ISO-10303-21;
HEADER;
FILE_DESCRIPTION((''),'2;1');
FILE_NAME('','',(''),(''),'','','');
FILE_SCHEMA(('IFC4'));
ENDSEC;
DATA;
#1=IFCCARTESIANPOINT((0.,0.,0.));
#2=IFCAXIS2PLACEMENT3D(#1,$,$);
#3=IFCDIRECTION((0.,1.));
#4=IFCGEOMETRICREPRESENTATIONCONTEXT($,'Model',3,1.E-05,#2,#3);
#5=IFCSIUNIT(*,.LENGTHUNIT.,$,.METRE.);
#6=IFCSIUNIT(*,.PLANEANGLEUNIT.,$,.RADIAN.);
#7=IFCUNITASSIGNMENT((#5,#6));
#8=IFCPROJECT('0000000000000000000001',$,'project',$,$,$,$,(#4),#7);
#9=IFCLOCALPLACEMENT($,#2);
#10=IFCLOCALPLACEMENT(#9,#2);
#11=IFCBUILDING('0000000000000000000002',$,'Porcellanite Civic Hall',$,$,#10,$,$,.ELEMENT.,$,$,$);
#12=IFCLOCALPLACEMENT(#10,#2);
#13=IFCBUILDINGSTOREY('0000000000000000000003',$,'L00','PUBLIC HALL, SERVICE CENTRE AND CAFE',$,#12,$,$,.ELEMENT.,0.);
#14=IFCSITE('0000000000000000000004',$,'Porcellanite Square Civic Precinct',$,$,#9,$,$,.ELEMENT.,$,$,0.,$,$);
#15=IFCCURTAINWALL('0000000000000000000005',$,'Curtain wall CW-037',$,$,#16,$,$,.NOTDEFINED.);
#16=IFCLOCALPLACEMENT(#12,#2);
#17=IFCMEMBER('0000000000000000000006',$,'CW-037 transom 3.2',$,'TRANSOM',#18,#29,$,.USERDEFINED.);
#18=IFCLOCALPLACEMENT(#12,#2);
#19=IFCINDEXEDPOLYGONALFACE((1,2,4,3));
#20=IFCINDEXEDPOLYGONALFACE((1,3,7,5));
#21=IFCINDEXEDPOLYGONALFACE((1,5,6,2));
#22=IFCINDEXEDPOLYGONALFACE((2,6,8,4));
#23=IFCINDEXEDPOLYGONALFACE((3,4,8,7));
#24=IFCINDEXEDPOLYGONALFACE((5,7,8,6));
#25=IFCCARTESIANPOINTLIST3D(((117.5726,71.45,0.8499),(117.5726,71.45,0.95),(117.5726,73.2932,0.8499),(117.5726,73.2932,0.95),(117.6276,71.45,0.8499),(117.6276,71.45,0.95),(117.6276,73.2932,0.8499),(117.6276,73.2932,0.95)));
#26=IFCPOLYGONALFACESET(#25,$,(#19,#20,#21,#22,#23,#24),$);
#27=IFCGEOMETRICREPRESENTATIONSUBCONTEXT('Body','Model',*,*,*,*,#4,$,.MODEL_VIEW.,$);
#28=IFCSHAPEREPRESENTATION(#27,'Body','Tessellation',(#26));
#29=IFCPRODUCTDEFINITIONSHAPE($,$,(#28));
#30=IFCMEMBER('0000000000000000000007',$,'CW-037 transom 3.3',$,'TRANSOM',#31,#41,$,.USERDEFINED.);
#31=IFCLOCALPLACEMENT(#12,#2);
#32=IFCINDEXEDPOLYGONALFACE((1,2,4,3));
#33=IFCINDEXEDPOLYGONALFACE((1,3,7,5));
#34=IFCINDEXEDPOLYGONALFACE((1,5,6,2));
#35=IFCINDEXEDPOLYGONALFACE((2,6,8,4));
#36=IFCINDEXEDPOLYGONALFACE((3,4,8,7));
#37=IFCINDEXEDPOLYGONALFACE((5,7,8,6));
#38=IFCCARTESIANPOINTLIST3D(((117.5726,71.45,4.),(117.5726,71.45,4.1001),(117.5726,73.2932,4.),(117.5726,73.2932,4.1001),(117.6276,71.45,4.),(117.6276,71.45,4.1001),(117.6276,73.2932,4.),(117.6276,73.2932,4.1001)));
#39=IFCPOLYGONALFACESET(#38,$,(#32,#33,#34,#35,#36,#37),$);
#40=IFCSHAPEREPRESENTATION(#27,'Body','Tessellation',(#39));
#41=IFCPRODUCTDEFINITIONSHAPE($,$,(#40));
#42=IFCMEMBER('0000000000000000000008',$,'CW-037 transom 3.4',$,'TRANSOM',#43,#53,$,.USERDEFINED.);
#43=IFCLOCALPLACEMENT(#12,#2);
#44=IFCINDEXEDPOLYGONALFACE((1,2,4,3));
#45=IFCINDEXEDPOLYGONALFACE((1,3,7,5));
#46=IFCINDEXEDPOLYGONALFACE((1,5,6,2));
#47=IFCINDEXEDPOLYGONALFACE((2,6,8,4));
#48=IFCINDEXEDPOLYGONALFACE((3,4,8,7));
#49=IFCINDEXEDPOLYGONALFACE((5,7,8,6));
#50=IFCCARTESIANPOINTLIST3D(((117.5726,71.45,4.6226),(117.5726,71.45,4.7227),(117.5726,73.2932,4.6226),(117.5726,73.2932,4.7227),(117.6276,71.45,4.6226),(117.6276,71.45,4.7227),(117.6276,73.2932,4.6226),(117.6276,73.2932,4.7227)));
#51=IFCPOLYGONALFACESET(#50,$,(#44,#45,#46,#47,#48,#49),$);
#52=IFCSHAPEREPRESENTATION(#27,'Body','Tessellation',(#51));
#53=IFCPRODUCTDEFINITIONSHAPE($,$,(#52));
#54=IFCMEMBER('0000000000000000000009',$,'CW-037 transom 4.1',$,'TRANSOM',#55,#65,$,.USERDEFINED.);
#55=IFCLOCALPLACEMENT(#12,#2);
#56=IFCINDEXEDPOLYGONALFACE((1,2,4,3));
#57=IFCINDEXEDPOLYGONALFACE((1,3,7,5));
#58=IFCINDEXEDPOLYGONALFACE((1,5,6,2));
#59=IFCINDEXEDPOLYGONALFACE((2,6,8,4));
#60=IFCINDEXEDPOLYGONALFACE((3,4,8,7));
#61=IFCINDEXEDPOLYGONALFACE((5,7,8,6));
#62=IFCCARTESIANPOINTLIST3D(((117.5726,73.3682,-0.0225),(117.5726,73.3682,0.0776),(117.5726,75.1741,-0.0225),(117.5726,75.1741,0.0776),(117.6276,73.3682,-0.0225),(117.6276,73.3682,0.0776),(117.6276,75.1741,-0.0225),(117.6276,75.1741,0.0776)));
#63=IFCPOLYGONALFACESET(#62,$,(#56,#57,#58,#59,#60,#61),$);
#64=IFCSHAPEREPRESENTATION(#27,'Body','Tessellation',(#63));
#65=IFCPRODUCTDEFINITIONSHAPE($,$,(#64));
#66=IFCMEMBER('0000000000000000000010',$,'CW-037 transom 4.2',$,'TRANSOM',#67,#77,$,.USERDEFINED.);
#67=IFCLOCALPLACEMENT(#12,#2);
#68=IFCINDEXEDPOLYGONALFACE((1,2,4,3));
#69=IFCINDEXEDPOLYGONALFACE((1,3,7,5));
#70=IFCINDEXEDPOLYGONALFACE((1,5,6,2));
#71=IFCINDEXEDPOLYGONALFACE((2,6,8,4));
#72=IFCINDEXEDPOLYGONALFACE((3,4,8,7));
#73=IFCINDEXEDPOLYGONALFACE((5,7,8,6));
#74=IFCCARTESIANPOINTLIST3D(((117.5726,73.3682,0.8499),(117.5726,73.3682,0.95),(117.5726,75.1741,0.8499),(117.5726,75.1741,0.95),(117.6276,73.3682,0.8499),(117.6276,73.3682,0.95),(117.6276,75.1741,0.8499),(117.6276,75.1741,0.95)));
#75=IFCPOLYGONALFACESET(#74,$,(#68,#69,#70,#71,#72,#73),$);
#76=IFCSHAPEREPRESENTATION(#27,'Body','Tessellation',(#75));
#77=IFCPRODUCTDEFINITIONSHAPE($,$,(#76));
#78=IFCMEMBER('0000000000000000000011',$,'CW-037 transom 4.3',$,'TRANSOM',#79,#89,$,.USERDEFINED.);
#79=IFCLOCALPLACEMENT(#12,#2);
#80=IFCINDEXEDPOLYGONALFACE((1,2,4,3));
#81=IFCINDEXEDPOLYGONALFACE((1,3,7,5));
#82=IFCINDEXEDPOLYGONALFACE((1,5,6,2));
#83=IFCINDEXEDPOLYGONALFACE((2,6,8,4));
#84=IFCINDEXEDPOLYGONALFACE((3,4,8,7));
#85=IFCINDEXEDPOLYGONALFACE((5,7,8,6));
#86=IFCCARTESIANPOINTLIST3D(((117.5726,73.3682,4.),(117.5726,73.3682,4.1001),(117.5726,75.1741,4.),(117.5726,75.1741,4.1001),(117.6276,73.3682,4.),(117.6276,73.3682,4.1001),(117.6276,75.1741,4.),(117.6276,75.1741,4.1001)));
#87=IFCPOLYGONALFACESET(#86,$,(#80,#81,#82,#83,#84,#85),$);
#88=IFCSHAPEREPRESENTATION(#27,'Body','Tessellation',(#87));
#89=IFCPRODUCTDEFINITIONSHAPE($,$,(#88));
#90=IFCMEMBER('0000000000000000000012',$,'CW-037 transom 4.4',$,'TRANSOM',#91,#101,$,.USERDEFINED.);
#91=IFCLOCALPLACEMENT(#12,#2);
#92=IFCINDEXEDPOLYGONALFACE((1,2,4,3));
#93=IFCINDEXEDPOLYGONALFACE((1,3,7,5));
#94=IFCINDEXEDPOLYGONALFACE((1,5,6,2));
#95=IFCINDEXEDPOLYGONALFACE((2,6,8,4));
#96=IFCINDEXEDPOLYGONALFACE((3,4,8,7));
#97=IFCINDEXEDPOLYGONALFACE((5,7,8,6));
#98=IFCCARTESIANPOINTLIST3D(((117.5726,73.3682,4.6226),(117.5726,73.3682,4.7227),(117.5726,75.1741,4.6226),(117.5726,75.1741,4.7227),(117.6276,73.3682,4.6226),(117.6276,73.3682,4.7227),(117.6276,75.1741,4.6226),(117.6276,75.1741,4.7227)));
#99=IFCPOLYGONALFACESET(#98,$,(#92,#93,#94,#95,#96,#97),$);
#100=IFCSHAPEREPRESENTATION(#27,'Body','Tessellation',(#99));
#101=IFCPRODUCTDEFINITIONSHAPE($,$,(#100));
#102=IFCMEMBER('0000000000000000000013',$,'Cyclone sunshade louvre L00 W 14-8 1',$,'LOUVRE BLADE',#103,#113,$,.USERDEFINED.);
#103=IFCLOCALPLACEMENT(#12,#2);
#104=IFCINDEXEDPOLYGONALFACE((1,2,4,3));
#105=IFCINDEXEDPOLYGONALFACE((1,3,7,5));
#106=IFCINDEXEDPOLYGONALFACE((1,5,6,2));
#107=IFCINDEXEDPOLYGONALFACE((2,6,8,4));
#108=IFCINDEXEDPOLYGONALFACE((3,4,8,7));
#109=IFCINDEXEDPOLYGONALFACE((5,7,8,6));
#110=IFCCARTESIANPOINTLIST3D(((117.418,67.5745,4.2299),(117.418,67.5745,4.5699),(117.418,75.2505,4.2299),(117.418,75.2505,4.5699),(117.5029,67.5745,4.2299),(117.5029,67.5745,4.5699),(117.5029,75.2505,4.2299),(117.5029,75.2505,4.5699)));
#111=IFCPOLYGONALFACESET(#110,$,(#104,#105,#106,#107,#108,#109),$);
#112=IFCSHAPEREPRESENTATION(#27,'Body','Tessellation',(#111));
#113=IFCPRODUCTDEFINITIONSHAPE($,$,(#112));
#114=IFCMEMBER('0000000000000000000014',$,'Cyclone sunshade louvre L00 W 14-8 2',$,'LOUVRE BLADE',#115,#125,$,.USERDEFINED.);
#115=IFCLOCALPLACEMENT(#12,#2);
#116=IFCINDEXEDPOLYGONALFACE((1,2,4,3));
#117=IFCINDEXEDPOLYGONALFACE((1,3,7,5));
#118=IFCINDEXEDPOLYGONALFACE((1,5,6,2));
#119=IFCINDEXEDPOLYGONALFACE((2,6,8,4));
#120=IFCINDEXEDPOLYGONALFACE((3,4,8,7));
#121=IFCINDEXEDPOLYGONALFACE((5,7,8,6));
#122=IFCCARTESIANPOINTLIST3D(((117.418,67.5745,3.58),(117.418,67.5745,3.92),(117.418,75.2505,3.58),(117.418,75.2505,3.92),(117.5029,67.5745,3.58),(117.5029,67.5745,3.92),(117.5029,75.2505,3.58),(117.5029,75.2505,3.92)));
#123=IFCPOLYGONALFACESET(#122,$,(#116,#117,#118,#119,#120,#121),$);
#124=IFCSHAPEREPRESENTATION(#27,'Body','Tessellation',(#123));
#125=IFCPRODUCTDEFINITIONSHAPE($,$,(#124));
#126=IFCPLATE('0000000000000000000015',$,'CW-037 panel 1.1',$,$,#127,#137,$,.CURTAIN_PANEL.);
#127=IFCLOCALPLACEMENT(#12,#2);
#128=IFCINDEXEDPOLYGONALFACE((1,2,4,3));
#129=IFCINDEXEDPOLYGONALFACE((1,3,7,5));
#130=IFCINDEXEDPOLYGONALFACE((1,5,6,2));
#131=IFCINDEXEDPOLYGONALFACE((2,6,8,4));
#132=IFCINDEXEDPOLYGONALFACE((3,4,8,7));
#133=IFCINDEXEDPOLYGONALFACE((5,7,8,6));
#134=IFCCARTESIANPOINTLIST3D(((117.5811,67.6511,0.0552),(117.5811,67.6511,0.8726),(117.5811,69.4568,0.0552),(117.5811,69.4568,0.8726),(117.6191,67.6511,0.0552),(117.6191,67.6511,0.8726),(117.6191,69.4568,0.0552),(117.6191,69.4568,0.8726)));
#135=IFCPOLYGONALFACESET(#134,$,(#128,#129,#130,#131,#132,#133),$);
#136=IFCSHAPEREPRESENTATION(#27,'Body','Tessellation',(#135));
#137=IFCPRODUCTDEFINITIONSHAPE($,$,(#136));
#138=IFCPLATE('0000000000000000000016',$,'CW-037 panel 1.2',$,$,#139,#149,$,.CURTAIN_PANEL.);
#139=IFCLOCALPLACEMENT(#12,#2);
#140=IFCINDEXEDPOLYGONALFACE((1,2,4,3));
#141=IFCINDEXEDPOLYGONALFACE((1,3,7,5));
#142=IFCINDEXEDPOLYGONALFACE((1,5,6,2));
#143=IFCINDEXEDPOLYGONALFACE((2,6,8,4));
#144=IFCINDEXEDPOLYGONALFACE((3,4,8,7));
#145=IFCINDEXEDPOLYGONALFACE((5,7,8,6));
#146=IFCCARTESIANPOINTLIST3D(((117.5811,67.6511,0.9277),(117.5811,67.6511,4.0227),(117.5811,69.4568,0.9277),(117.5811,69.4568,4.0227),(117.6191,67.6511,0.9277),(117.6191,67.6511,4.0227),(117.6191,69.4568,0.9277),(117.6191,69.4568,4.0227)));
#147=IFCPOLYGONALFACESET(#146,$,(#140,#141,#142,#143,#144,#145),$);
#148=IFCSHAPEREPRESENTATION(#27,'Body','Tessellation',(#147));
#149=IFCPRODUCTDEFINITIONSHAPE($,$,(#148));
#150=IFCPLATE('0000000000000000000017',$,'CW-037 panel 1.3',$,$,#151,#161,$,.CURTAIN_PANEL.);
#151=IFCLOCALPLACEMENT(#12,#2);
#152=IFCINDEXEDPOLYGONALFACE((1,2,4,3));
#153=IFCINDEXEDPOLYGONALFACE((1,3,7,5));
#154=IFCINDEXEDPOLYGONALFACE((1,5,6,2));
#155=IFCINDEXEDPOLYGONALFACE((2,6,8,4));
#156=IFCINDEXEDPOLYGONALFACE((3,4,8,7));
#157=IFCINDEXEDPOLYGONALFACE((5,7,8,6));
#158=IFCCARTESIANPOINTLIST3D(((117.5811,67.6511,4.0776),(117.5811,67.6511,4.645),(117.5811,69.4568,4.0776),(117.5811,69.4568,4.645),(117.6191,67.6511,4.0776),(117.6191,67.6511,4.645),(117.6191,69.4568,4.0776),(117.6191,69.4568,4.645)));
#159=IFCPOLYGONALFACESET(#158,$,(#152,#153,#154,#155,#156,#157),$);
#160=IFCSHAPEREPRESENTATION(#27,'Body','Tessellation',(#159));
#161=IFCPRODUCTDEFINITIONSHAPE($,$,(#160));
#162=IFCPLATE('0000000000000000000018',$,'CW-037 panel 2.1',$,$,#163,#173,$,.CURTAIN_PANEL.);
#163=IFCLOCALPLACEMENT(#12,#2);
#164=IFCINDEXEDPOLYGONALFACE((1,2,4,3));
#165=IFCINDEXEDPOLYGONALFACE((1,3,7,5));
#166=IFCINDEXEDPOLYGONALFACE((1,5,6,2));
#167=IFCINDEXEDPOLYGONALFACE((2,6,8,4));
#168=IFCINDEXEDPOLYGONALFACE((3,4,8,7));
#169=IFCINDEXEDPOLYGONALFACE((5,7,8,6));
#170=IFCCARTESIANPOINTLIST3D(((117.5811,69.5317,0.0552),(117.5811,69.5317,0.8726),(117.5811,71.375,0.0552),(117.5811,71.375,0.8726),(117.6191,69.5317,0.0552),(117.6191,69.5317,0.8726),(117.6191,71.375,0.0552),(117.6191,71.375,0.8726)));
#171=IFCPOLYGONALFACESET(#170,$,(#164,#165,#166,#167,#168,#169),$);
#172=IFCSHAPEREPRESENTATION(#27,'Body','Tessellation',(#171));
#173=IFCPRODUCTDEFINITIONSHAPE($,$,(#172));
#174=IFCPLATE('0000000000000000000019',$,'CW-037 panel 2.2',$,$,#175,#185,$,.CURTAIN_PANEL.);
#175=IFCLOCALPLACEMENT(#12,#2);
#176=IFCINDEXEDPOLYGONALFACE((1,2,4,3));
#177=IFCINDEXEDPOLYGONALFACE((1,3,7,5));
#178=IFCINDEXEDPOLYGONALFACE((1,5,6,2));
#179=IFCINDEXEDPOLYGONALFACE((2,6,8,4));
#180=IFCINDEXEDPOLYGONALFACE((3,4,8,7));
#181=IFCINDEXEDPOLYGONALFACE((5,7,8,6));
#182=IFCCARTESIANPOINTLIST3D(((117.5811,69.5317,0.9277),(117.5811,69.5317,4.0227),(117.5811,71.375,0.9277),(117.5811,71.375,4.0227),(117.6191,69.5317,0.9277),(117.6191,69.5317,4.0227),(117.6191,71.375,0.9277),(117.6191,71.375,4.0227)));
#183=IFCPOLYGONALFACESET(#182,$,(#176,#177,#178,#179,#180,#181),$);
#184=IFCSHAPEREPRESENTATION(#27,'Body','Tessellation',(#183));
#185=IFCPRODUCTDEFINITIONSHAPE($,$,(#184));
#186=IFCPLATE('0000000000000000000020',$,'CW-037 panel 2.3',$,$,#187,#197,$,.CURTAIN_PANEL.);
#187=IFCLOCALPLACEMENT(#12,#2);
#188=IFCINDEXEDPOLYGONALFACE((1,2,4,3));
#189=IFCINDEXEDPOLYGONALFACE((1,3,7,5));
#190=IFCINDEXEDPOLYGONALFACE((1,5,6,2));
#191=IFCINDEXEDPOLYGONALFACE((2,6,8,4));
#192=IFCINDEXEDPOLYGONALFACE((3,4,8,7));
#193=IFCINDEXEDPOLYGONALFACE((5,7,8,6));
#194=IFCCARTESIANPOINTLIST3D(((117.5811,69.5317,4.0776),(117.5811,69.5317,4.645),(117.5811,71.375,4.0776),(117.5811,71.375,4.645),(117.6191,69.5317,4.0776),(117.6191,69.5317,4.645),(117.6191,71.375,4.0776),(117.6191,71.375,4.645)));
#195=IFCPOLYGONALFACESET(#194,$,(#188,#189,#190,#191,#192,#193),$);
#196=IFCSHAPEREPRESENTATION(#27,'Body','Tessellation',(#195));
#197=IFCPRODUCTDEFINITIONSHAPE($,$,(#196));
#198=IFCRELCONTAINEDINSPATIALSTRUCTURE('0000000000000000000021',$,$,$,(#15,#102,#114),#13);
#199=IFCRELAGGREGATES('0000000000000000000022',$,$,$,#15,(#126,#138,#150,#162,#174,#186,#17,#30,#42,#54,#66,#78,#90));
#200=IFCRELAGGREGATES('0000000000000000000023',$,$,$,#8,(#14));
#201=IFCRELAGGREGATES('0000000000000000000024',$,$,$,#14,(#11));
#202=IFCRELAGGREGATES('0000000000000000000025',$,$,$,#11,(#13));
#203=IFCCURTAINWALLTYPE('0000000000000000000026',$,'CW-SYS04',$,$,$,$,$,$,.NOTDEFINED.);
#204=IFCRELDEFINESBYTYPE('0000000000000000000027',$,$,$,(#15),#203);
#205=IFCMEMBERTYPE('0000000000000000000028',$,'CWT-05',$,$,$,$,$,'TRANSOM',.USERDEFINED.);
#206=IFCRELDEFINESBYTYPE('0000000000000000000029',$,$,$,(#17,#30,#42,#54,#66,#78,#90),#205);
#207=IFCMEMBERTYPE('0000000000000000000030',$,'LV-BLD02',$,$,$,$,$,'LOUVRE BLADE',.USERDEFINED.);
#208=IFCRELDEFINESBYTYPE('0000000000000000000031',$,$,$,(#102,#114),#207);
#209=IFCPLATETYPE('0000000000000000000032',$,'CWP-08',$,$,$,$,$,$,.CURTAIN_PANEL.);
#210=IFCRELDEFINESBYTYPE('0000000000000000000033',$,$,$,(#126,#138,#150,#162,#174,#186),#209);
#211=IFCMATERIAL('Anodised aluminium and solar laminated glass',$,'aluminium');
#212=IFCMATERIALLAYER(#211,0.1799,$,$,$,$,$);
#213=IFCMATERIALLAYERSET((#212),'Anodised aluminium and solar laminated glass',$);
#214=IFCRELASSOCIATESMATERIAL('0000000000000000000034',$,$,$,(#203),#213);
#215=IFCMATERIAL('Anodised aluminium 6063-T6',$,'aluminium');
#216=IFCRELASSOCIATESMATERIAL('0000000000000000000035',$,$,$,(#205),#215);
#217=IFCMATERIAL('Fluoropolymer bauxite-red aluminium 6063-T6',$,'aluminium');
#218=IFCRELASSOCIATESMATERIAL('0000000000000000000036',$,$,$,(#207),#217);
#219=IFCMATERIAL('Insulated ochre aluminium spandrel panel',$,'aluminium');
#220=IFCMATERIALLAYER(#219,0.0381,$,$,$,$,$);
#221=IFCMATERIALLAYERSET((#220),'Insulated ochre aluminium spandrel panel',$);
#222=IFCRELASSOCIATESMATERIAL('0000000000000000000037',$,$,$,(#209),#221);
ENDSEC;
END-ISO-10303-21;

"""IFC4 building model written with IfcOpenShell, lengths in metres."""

from ifc_helpers import new_model, si_unit, direction, frame, origin, origin_2d, place, context, subcontext, project, spatial, rectangle, extrude, material, layer, layer_set, material_profile, profile_set, type_object, element, aggregate, save


model = new_model("IFC4")

# Units and contexts
model_context = context("Model", 3, precision=1e-05, world=origin(), true_north=direction((0.0, 1.0)))
body_context = subcontext(model_context, "Body", "Model", "MODEL_VIEW")
ifc_project = project(units=[si_unit("LENGTHUNIT", "METRE"), si_unit("PLANEANGLEUNIT", "RADIAN")], contexts=[model_context])

# Site, building, storey
site_placement = place(None, origin())
site = spatial("IfcSite", under=ifc_project, at=site_placement, Name="Porcellanite Square Civic Precinct", CompositionType="ELEMENT", RefElevation=0.0)
building_placement = place(site_placement, origin())
building = spatial("IfcBuilding", under=site, at=building_placement, Name="Porcellanite Civic Hall", CompositionType="ELEMENT")
storey_placement = place(building_placement, origin())
storey = spatial("IfcBuildingStorey", under=building, at=storey_placement, Name="L00", Description="PUBLIC HALL, SERVICE CENTRE AND CAFE", CompositionType="ELEMENT", Elevation=0.0)

# Curtain wall, members
ifc_material_1 = material(Name="Anodised aluminium and solar laminated glass", Category="aluminium")
ifc_layer_1 = layer(ifc_material_1, 0.1799)
ifc_layer_set_1 = layer_set([ifc_layer_1], Name="Anodised aluminium and solar laminated glass")
curtain_wall_type = type_object("IfcCurtainWallType", Name="CW-SYS04", PredefinedType="NOTDEFINED", material=ifc_layer_set_1)
curtain_wall_placement = place(storey_placement, origin())
curtain_wall = element("IfcCurtainWall", 1, at=curtain_wall_placement, inside=storey, type_object=curtain_wall_type, Name="Curtain wall CW-037", PredefinedType="NOTDEFINED")
ifc_material_2 = material(Name="Anodised aluminium 6063-T6", Category="aluminium")
ifc_material_profile_1 = material_profile(ifc_material_2, rectangle(XDim=0.0549, YDim=0.1001, at=origin_2d()), Name="AL-55x100")
ifc_profile_set_1 = profile_set([ifc_material_profile_1], Name="Anodised aluminium 6063-T6")
member_type_1 = type_object("IfcMemberType", Name="CWT-05", ElementType="TRANSOM", PredefinedType="USERDEFINED", material=ifc_profile_set_1)
member_1_placement = place(storey_placement, frame((117.6001, 71.45, 0.8999), z_axis=(0.0, 1.0, 0.0), x_axis=(-1.0, 0.0, 0.0)))
member_1 = element("IfcMember", 2, at=member_1_placement, type_object=member_type_1, Name="CW-037 transom 3.2", ObjectType="TRANSOM", PredefinedType="USERDEFINED", context=body_context, shape_type="SweptSolid", body=[
    extrude(rectangle(XDim=0.0549, YDim=0.1001, at=origin_2d()), origin(), (0.0, 0.0, 1.0), 1.8433),
])
member_2_placement = place(storey_placement, frame((117.6001, 71.45, 4.05), z_axis=(0.0, 1.0, 0.0), x_axis=(-1.0, 0.0, 0.0)))
member_2 = element("IfcMember", 3, at=member_2_placement, type_object=member_type_1, Name="CW-037 transom 3.3", ObjectType="TRANSOM", PredefinedType="USERDEFINED", context=body_context, shape_type="SweptSolid", body=[
    extrude(rectangle(XDim=0.0549, YDim=0.1001, at=origin_2d()), origin(), (0.0, 0.0, 1.0), 1.8433),
])
member_3_placement = place(storey_placement, frame((117.6001, 71.45, 4.6726), z_axis=(0.0, 1.0, 0.0), x_axis=(-1.0, 0.0, 0.0)))
member_3 = element("IfcMember", 4, at=member_3_placement, type_object=member_type_1, Name="CW-037 transom 3.4", ObjectType="TRANSOM", PredefinedType="USERDEFINED", context=body_context, shape_type="SweptSolid", body=[
    extrude(rectangle(XDim=0.0549, YDim=0.1001, at=origin_2d()), origin(), (0.0, 0.0, 1.0), 1.8433),
])
member_4_placement = place(storey_placement, frame((117.6001, 73.3682, 0.0276), z_axis=(0.0, 1.0, 0.0), x_axis=(-1.0, 0.0, 0.0)))
member_4 = element("IfcMember", 5, at=member_4_placement, type_object=member_type_1, Name="CW-037 transom 4.1", ObjectType="TRANSOM", PredefinedType="USERDEFINED", context=body_context, shape_type="SweptSolid", body=[
    extrude(rectangle(XDim=0.0549, YDim=0.1001, at=origin_2d()), origin(), (0.0, 0.0, 1.0), 1.8059),
])
member_5_placement = place(storey_placement, frame((117.6001, 73.3682, 0.8999), z_axis=(0.0, 1.0, 0.0), x_axis=(-1.0, 0.0, 0.0)))
member_5 = element("IfcMember", 6, at=member_5_placement, type_object=member_type_1, Name="CW-037 transom 4.2", ObjectType="TRANSOM", PredefinedType="USERDEFINED", context=body_context, shape_type="SweptSolid", body=[
    extrude(rectangle(XDim=0.0549, YDim=0.1001, at=origin_2d()), origin(), (0.0, 0.0, 1.0), 1.8059),
])
member_6_placement = place(storey_placement, frame((117.6001, 73.3682, 4.05), z_axis=(0.0, 1.0, 0.0), x_axis=(-1.0, 0.0, 0.0)))
member_6 = element("IfcMember", 7, at=member_6_placement, type_object=member_type_1, Name="CW-037 transom 4.3", ObjectType="TRANSOM", PredefinedType="USERDEFINED", context=body_context, shape_type="SweptSolid", body=[
    extrude(rectangle(XDim=0.0549, YDim=0.1001, at=origin_2d()), origin(), (0.0, 0.0, 1.0), 1.8059),
])
member_7_placement = place(storey_placement, frame((117.6001, 73.3682, 4.6726), z_axis=(0.0, 1.0, 0.0), x_axis=(-1.0, 0.0, 0.0)))
member_7 = element("IfcMember", 8, at=member_7_placement, type_object=member_type_1, Name="CW-037 transom 4.4", ObjectType="TRANSOM", PredefinedType="USERDEFINED", context=body_context, shape_type="SweptSolid", body=[
    extrude(rectangle(XDim=0.0549, YDim=0.1001, at=origin_2d()), origin(), (0.0, 0.0, 1.0), 1.8059),
])

# Members
ifc_material_3 = material(Name="Fluoropolymer bauxite-red aluminium 6063-T6", Category="aluminium")
ifc_material_profile_2 = material_profile(ifc_material_3, rectangle(XDim=0.085, YDim=0.3401, at=origin_2d()), Name="AL-85x340")
ifc_profile_set_2 = profile_set([ifc_material_profile_2], Name="Fluoropolymer bauxite-red aluminium 6063-T6")
member_type_2 = type_object("IfcMemberType", Name="LV-BLD02", ElementType="LOUVRE BLADE", PredefinedType="USERDEFINED", material=ifc_profile_set_2)
for number, where, z_axis, x_axis, name in (
    (9, (117.4604, 67.5745, 4.3999), (0.0, 1.0, 0.0), (-1.0, 0.0, 0.0), "Cyclone sunshade louvre L00 W 14-8 1"),
    (10, (117.4604, 67.5745, 3.75), (0.0, 1.0, 0.0), (-1.0, 0.0, 0.0), "Cyclone sunshade louvre L00 W 14-8 2"),
):
    element("IfcMember", number, at=place(storey_placement, frame(where, z_axis=z_axis, x_axis=x_axis)), inside=storey, type_object=member_type_2, Name=name, ObjectType="LOUVRE BLADE", PredefinedType="USERDEFINED", context=body_context, shape_type="SweptSolid", body=[
        extrude(rectangle(XDim=0.085, YDim=0.3401, at=origin_2d()), origin(), (0.0, 0.0, 1.0), 7.676),
    ])

# Plates
ifc_material_4 = material(Name="Insulated ochre aluminium spandrel panel", Category="aluminium")
ifc_layer_2 = layer(ifc_material_4, 0.0381)
ifc_layer_set_2 = layer_set([ifc_layer_2], Name="Insulated ochre aluminium spandrel panel")
plate_type = type_object("IfcPlateType", Name="CWP-08", PredefinedType="CURTAIN_PANEL", material=ifc_layer_set_2)
plate_1_placement = place(storey_placement, frame((117.6001, 68.554, 0.0552), z_axis=(0.0, 0.0, 1.0), x_axis=(0.0, 1.0, 0.0)))
plate_1 = element("IfcPlate", 11, at=plate_1_placement, type_object=plate_type, Name="CW-037 panel 1.1", PredefinedType="CURTAIN_PANEL", context=body_context, shape_type="SweptSolid", body=[
    extrude(rectangle(XDim=1.8057, YDim=0.0381, at=origin_2d()), origin(), (0.0, 0.0, 1.0), 0.8174),
])
plate_2_placement = place(storey_placement, frame((117.6001, 68.554, 0.9277), z_axis=(0.0, 0.0, 1.0), x_axis=(0.0, 1.0, 0.0)))
plate_2 = element("IfcPlate", 12, at=plate_2_placement, type_object=plate_type, Name="CW-037 panel 1.2", PredefinedType="CURTAIN_PANEL", context=body_context, shape_type="SweptSolid", body=[
    extrude(rectangle(XDim=1.8057, YDim=0.0381, at=origin_2d()), origin(), (0.0, 0.0, 1.0), 3.095),
])
plate_3_placement = place(storey_placement, frame((117.6001, 68.554, 4.0776), z_axis=(0.0, 0.0, 1.0), x_axis=(0.0, 1.0, 0.0)))
plate_3 = element("IfcPlate", 13, at=plate_3_placement, type_object=plate_type, Name="CW-037 panel 1.3", PredefinedType="CURTAIN_PANEL", context=body_context, shape_type="SweptSolid", body=[
    extrude(rectangle(XDim=1.8057, YDim=0.0381, at=origin_2d()), origin(), (0.0, 0.0, 1.0), 0.5674),
])
plate_4_placement = place(storey_placement, frame((117.6001, 70.4534, 0.0552), z_axis=(0.0, 0.0, 1.0), x_axis=(0.0, 1.0, 0.0)))
plate_4 = element("IfcPlate", 14, at=plate_4_placement, type_object=plate_type, Name="CW-037 panel 2.1", PredefinedType="CURTAIN_PANEL", context=body_context, shape_type="SweptSolid", body=[
    extrude(rectangle(XDim=1.8433, YDim=0.0381, at=origin_2d()), origin(), (0.0, 0.0, 1.0), 0.8174),
])
plate_5_placement = place(storey_placement, frame((117.6001, 70.4534, 0.9277), z_axis=(0.0, 0.0, 1.0), x_axis=(0.0, 1.0, 0.0)))
plate_5 = element("IfcPlate", 15, at=plate_5_placement, type_object=plate_type, Name="CW-037 panel 2.2", PredefinedType="CURTAIN_PANEL", context=body_context, shape_type="SweptSolid", body=[
    extrude(rectangle(XDim=1.8433, YDim=0.0381, at=origin_2d()), origin(), (0.0, 0.0, 1.0), 3.095),
])
plate_6_placement = place(storey_placement, frame((117.6001, 70.4534, 4.0776), z_axis=(0.0, 0.0, 1.0), x_axis=(0.0, 1.0, 0.0)))
plate_6 = element("IfcPlate", 16, at=plate_6_placement, type_object=plate_type, Name="CW-037 panel 2.3", PredefinedType="CURTAIN_PANEL", context=body_context, shape_type="SweptSolid", body=[
    extrude(rectangle(XDim=1.8433, YDim=0.0381, at=origin_2d()), origin(), (0.0, 0.0, 1.0), 0.5674),
])
aggregate(curtain_wall, [plate_1, plate_2, plate_3, plate_4, plate_5, plate_6, member_1, member_2, member_3, member_4, member_5, member_6, member_7])

save(model, "model.ifc")
